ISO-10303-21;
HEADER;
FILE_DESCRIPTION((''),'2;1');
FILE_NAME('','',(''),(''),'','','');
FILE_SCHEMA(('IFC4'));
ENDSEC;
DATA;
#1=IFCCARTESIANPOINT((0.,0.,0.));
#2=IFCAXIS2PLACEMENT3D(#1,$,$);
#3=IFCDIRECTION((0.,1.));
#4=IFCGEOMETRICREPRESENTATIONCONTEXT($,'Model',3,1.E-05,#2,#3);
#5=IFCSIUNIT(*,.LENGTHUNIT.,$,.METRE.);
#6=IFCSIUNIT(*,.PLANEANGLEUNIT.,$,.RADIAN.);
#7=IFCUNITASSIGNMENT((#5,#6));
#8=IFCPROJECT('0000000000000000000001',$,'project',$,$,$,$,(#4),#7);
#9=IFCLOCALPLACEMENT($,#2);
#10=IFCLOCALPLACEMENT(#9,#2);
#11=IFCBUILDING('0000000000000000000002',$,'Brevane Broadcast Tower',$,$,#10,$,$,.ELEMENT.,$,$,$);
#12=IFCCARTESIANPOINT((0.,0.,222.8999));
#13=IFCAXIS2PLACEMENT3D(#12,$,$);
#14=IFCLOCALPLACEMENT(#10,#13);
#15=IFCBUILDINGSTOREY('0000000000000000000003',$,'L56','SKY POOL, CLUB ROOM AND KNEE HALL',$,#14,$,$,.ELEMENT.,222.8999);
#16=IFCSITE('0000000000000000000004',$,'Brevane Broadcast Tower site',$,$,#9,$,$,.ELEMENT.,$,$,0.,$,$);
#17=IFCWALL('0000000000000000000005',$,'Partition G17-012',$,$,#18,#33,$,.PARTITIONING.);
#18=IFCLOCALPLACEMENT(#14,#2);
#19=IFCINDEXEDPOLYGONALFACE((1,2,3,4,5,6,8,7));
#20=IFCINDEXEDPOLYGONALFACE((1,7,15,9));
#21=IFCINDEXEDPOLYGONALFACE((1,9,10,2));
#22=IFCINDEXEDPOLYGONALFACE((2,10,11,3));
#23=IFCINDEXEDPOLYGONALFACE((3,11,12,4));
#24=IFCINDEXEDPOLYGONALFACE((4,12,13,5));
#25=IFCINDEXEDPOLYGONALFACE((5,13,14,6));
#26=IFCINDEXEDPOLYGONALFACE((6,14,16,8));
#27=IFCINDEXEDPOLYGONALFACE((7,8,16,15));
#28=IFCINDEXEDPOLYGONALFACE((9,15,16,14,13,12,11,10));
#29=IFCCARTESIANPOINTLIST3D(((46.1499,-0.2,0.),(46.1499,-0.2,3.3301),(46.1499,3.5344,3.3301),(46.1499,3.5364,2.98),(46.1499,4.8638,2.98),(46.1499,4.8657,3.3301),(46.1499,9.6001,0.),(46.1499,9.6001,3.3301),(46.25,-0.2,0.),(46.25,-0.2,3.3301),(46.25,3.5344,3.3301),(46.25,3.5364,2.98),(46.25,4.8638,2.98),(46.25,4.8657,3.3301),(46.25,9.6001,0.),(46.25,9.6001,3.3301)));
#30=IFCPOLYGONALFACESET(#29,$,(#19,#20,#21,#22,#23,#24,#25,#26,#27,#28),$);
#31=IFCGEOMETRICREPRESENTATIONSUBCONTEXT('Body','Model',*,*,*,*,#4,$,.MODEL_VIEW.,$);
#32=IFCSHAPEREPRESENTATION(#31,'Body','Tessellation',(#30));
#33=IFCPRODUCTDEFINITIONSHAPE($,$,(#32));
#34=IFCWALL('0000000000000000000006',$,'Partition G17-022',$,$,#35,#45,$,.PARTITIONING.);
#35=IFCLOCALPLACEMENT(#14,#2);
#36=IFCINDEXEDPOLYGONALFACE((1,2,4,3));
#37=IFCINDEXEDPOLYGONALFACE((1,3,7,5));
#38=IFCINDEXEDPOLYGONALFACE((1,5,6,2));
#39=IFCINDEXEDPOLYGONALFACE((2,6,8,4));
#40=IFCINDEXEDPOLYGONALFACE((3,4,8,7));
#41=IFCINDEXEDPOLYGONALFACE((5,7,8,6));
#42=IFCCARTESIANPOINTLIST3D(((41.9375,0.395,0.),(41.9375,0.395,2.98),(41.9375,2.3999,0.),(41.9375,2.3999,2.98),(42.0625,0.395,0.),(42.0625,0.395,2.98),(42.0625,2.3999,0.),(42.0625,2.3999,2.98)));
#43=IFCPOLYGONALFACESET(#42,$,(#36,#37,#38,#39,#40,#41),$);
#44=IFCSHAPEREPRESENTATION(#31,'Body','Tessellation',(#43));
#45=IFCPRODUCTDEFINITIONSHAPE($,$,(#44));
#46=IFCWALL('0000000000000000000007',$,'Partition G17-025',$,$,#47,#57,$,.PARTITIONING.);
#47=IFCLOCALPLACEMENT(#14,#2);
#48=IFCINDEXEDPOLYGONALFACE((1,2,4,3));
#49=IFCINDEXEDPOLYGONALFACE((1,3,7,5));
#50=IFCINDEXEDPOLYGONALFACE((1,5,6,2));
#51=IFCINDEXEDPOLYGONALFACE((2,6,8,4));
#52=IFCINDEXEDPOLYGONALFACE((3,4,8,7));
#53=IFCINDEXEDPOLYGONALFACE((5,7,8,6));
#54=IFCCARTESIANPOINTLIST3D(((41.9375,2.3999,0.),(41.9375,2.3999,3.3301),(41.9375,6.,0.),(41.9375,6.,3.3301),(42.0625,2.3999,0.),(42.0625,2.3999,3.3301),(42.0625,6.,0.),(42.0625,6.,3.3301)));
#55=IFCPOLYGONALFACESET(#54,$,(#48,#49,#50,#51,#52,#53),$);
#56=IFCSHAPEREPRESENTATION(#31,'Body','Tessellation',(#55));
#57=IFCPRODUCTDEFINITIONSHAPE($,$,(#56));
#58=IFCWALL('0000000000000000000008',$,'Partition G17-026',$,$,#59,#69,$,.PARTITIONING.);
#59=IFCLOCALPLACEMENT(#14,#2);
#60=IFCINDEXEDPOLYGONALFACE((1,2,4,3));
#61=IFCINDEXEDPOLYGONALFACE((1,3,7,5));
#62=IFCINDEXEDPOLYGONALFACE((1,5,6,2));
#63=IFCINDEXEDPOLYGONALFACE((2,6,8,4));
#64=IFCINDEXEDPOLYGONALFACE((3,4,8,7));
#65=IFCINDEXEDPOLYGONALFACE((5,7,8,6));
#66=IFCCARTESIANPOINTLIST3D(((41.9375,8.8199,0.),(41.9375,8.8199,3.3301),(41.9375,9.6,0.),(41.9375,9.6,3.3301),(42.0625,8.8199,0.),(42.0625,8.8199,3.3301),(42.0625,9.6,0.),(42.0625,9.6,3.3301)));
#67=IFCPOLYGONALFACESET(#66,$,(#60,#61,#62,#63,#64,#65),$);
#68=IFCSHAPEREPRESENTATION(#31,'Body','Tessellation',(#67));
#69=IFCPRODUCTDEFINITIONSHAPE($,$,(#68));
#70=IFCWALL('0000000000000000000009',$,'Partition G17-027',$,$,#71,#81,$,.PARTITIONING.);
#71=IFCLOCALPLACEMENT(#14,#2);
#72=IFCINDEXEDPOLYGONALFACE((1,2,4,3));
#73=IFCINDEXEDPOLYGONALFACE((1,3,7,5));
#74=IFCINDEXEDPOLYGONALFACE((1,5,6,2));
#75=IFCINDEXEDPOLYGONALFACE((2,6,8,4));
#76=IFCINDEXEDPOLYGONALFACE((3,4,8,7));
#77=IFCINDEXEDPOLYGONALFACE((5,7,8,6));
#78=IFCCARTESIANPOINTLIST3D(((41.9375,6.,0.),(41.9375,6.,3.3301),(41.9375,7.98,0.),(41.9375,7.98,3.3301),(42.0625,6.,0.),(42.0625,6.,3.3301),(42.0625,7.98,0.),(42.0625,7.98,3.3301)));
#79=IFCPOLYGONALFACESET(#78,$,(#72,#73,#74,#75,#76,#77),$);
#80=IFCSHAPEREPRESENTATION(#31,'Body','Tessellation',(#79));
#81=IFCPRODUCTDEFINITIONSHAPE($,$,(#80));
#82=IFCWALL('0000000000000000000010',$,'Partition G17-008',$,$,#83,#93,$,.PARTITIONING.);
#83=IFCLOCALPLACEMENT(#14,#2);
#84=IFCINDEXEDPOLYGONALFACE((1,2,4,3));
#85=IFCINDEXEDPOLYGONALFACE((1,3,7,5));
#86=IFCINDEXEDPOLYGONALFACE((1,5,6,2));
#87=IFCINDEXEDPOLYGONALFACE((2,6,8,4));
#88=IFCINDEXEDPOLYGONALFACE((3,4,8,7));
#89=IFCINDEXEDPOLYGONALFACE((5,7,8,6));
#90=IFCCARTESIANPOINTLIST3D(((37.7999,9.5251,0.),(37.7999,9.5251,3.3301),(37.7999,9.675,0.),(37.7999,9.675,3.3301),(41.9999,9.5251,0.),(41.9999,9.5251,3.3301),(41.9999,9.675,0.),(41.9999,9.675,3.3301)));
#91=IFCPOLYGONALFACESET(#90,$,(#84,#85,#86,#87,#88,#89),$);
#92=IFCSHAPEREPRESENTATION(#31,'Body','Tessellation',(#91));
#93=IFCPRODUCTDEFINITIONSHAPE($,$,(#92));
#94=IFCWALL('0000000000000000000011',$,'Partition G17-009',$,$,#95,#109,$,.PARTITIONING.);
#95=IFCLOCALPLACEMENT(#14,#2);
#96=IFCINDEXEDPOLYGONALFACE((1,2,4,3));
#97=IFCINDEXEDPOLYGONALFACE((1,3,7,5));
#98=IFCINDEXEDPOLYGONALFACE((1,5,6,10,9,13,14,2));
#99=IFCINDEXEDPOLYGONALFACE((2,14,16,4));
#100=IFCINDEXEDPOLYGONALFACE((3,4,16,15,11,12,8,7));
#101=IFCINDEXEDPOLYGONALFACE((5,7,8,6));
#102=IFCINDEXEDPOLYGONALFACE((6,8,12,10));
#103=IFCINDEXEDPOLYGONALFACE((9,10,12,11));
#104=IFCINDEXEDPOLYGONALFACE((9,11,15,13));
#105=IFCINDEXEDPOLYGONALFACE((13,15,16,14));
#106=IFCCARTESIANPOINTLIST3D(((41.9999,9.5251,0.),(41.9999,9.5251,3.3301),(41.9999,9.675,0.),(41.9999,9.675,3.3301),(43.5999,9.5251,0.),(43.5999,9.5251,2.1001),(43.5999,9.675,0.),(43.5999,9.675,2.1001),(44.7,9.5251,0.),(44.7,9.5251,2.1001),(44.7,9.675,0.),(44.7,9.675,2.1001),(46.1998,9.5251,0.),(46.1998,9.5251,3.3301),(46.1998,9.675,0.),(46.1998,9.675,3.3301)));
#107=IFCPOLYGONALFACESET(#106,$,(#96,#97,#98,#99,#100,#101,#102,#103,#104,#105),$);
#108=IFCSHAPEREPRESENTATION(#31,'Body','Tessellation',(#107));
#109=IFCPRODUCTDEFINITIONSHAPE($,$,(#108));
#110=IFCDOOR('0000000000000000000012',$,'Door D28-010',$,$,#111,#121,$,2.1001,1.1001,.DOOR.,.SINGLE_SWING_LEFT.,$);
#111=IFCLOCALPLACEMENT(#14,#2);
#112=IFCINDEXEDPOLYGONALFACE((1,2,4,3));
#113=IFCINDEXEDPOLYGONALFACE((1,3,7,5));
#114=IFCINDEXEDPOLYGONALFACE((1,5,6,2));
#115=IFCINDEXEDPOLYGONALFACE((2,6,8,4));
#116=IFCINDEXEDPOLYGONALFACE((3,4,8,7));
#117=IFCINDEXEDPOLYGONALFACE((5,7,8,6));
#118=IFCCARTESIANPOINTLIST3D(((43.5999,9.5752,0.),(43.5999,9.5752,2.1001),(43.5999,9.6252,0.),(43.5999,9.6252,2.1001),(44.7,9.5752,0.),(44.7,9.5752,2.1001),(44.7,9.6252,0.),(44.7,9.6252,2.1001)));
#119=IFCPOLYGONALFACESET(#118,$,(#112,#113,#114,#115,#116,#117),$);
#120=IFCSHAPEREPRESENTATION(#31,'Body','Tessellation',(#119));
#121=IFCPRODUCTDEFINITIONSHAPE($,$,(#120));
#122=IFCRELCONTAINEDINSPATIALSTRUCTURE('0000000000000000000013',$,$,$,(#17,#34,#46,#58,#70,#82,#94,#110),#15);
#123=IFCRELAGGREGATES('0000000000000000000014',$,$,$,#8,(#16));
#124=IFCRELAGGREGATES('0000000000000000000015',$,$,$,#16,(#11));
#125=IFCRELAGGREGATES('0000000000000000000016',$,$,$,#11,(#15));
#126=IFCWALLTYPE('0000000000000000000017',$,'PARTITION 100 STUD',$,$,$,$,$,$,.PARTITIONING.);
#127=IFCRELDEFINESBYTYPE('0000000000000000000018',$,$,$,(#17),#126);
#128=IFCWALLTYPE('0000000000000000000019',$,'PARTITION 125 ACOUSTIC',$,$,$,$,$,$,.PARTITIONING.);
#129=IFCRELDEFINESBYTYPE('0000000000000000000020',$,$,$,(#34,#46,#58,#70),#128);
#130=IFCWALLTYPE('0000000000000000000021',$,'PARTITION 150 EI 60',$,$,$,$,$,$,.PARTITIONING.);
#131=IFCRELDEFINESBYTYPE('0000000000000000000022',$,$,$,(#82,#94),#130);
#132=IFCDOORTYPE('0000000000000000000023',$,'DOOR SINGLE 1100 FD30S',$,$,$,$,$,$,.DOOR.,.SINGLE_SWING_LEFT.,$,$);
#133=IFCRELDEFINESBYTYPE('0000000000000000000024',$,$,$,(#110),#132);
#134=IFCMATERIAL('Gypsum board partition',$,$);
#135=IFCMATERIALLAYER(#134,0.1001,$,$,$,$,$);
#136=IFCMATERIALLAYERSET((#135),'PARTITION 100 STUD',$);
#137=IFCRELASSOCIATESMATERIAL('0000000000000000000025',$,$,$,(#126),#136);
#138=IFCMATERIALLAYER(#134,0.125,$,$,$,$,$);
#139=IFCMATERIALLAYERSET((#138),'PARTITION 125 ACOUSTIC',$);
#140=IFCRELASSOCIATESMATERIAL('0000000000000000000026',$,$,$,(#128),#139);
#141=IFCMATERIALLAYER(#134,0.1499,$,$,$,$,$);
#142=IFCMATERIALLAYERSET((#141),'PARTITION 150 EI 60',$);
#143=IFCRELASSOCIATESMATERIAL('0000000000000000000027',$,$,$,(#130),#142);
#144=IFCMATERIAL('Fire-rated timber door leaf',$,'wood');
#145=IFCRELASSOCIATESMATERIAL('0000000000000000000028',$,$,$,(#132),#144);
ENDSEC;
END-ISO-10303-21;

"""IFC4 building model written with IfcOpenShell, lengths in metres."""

from ifc_helpers import new_model, si_unit, direction, frame, frame_2d, origin, place, context, subcontext, project, spatial, polyline, rectangle, outline, extrude, material, layer, layer_set, type_object, element, fill, save


model = new_model("IFC4")

# Units and contexts
model_context = context("Model", 3, precision=1e-05, world=origin(), true_north=direction((0.0, 1.0)))
body_context = subcontext(model_context, "Body", "Model", "MODEL_VIEW")
ifc_project = project(units=[si_unit("LENGTHUNIT", "METRE"), si_unit("PLANEANGLEUNIT", "RADIAN")], contexts=[model_context])

# Site, building, storey
site_placement = place(None, origin())
site = spatial("IfcSite", under=ifc_project, at=site_placement, Name="Brevane Broadcast Tower site", CompositionType="ELEMENT", RefElevation=0.0)
building_placement = place(site_placement, origin())
building = spatial("IfcBuilding", under=site, at=building_placement, Name="Brevane Broadcast Tower", CompositionType="ELEMENT")
storey_placement = place(building_placement, frame((0.0, 0.0, 222.8999)))
storey = spatial("IfcBuildingStorey", under=building, at=storey_placement, Name="L56", Description="SKY POOL, CLUB ROOM AND KNEE HALL", CompositionType="ELEMENT", Elevation=222.8999)

# Walls
ifc_material_1 = material(Name="Gypsum board partition")
ifc_layer_1 = layer(ifc_material_1, 0.1001)
ifc_layer_set_1 = layer_set([ifc_layer_1], Name="PARTITION 100 STUD")
wall_type_1 = type_object("IfcWallType", Name="PARTITION 100 STUD", PredefinedType="PARTITIONING", material=ifc_layer_set_1)
wall_1_placement = place(storey_placement, frame((46.2, -0.2, 0.0), z_axis=(0.0, 0.0, 1.0), x_axis=(0.0, 1.0, 0.0)))
element("IfcWall", 1, at=wall_1_placement, inside=storey, type_object=wall_type_1, Name="Partition G17-012", PredefinedType="PARTITIONING", context=body_context, shape_type="SweptSolid", body=[
    extrude(outline(polyline([(0.0, 0.0), (9.8, 0.0), (9.8, 3.3301), (5.0657, 3.3301), (5.0637, 2.98), (3.7363, 2.98), (3.7344, 3.3301), (0.0, 3.3301), (0.0, 0.0)])), frame((0.0, 0.05, 0.0), z_axis=(0.0, -1.0, 0.0), x_axis=(1.0, 0.0, 0.0)), (0.0, 0.0, 1.0), 0.1001),
])
ifc_layer_2 = layer(ifc_material_1, 0.125)
ifc_layer_set_2 = layer_set([ifc_layer_2], Name="PARTITION 125 ACOUSTIC")
wall_type_2 = type_object("IfcWallType", Name="PARTITION 125 ACOUSTIC", PredefinedType="PARTITIONING", material=ifc_layer_set_2)
wall_2_placement = place(storey_placement, frame((42.0, 2.3999, 0.0), z_axis=(0.0, 0.0, 1.0), x_axis=(0.0, -1.0, 0.0)))
element("IfcWall", 2, at=wall_2_placement, inside=storey, type_object=wall_type_2, Name="Partition G17-022", PredefinedType="PARTITIONING", context=body_context, shape_type="SweptSolid", body=[
    extrude(rectangle(XDim=2.0049, YDim=0.125, at=frame_2d((1.0024, 0.0))), origin(), (0.0, 0.0, 1.0), 2.98),
])
wall_3_placement = place(storey_placement, frame((42.0, 6.0, 0.0), z_axis=(0.0, 0.0, 1.0), x_axis=(0.0, -1.0, 0.0)))
element("IfcWall", 3, at=wall_3_placement, inside=storey, type_object=wall_type_2, Name="Partition G17-025", PredefinedType="PARTITIONING", context=body_context, shape_type="SweptSolid", body=[
    extrude(rectangle(XDim=3.6001, YDim=0.125, at=frame_2d((1.8, 0.0))), origin(), (0.0, 0.0, 1.0), 3.3301),
])
wall_4_placement = place(storey_placement, frame((42.0, 9.6001, 0.0), z_axis=(0.0, 0.0, 1.0), x_axis=(0.0, -1.0, 0.0)))
element("IfcWall", 4, at=wall_4_placement, inside=storey, type_object=wall_type_2, Name="Partition G17-026", PredefinedType="PARTITIONING", context=body_context, shape_type="SweptSolid", body=[
    extrude(rectangle(XDim=0.78, YDim=0.125, at=frame_2d((0.3901, 0.0))), origin(), (0.0, 0.0, 1.0), 3.3301),
])
wall_5_placement = place(storey_placement, frame((42.0, 7.98, 0.0), z_axis=(0.0, 0.0, 1.0), x_axis=(0.0, -1.0, 0.0)))
element("IfcWall", 5, at=wall_5_placement, inside=storey, type_object=wall_type_2, Name="Partition G17-027", PredefinedType="PARTITIONING", context=body_context, shape_type="SweptSolid", body=[
    extrude(rectangle(XDim=1.98, YDim=0.125, at=frame_2d((0.99, 0.0))), origin(), (0.0, 0.0, 1.0), 3.3301),
])
ifc_layer_3 = layer(ifc_material_1, 0.1499)
ifc_layer_set_3 = layer_set([ifc_layer_3], Name="PARTITION 150 EI 60")
wall_type_3 = type_object("IfcWallType", Name="PARTITION 150 EI 60", PredefinedType="PARTITIONING", material=ifc_layer_set_3)
wall_6_placement = place(storey_placement, frame((42.0, 9.6001, 0.0), z_axis=(0.0, 0.0, 1.0), x_axis=(-1.0, 0.0, 0.0)))
element("IfcWall", 6, at=wall_6_placement, inside=storey, type_object=wall_type_3, Name="Partition G17-008", PredefinedType="PARTITIONING", context=body_context, shape_type="SweptSolid", body=[
    extrude(rectangle(XDim=4.2, YDim=0.1499, at=frame_2d((2.1001, 0.0))), origin(), (0.0, 0.0, 1.0), 3.3301),
])

# Wall, opening, door
wall_7_placement = place(storey_placement, frame((46.2, 9.6001, 0.0), z_axis=(0.0, 0.0, 1.0), x_axis=(-1.0, 0.0, 0.0)))
wall_7 = element("IfcWall", 7, at=wall_7_placement, inside=storey, type_object=wall_type_3, Name="Partition G17-009", PredefinedType="PARTITIONING", context=body_context, shape_type="SweptSolid", body=[
    extrude(rectangle(XDim=4.2, YDim=0.1499, at=frame_2d((2.1001, 0.0))), origin(), (0.0, 0.0, 1.0), 3.3301),
])
opening_placement = place(wall_7_placement, frame((1.5, 0.0, 0.0)))
opening = element("IfcOpeningElement", 8, at=opening_placement, cuts=wall_7, PredefinedType="OPENING", context=body_context, shape_type="SweptSolid", body=[
    extrude(rectangle(XDim=1.1001, YDim=2.1001, at=frame_2d((0.55, 1.05))), frame((0.0, 0.085, 0.0), z_axis=(0.0, -1.0, 0.0), x_axis=(1.0, 0.0, 0.0)), (0.0, 0.0, 1.0), 0.1699),
])
ifc_material_2 = material(Name="Fire-rated timber door leaf", Category="wood")
door_type = type_object("IfcDoorType", Name="DOOR SINGLE 1100 FD30S", OperationType="SINGLE_SWING_LEFT", PredefinedType="DOOR", material=ifc_material_2)
door_placement = place(opening_placement, origin())
door = element("IfcDoor", 9, at=door_placement, inside=storey, type_object=door_type, Name="Door D28-010", OperationType="SINGLE_SWING_LEFT", OverallHeight=2.1001, OverallWidth=1.1001, PredefinedType="DOOR", context=body_context, shape_type="SweptSolid", body=[
    extrude(rectangle(XDim=1.1001, YDim=2.1001, at=frame_2d((0.55, 1.05))), frame((0.0, 0.0249, 0.0), z_axis=(0.0, -1.0, 0.0), x_axis=(1.0, 0.0, 0.0)), (0.0, 0.0, 1.0), 0.05),
])
fill(opening, door)

save(model, "model.ifc")
